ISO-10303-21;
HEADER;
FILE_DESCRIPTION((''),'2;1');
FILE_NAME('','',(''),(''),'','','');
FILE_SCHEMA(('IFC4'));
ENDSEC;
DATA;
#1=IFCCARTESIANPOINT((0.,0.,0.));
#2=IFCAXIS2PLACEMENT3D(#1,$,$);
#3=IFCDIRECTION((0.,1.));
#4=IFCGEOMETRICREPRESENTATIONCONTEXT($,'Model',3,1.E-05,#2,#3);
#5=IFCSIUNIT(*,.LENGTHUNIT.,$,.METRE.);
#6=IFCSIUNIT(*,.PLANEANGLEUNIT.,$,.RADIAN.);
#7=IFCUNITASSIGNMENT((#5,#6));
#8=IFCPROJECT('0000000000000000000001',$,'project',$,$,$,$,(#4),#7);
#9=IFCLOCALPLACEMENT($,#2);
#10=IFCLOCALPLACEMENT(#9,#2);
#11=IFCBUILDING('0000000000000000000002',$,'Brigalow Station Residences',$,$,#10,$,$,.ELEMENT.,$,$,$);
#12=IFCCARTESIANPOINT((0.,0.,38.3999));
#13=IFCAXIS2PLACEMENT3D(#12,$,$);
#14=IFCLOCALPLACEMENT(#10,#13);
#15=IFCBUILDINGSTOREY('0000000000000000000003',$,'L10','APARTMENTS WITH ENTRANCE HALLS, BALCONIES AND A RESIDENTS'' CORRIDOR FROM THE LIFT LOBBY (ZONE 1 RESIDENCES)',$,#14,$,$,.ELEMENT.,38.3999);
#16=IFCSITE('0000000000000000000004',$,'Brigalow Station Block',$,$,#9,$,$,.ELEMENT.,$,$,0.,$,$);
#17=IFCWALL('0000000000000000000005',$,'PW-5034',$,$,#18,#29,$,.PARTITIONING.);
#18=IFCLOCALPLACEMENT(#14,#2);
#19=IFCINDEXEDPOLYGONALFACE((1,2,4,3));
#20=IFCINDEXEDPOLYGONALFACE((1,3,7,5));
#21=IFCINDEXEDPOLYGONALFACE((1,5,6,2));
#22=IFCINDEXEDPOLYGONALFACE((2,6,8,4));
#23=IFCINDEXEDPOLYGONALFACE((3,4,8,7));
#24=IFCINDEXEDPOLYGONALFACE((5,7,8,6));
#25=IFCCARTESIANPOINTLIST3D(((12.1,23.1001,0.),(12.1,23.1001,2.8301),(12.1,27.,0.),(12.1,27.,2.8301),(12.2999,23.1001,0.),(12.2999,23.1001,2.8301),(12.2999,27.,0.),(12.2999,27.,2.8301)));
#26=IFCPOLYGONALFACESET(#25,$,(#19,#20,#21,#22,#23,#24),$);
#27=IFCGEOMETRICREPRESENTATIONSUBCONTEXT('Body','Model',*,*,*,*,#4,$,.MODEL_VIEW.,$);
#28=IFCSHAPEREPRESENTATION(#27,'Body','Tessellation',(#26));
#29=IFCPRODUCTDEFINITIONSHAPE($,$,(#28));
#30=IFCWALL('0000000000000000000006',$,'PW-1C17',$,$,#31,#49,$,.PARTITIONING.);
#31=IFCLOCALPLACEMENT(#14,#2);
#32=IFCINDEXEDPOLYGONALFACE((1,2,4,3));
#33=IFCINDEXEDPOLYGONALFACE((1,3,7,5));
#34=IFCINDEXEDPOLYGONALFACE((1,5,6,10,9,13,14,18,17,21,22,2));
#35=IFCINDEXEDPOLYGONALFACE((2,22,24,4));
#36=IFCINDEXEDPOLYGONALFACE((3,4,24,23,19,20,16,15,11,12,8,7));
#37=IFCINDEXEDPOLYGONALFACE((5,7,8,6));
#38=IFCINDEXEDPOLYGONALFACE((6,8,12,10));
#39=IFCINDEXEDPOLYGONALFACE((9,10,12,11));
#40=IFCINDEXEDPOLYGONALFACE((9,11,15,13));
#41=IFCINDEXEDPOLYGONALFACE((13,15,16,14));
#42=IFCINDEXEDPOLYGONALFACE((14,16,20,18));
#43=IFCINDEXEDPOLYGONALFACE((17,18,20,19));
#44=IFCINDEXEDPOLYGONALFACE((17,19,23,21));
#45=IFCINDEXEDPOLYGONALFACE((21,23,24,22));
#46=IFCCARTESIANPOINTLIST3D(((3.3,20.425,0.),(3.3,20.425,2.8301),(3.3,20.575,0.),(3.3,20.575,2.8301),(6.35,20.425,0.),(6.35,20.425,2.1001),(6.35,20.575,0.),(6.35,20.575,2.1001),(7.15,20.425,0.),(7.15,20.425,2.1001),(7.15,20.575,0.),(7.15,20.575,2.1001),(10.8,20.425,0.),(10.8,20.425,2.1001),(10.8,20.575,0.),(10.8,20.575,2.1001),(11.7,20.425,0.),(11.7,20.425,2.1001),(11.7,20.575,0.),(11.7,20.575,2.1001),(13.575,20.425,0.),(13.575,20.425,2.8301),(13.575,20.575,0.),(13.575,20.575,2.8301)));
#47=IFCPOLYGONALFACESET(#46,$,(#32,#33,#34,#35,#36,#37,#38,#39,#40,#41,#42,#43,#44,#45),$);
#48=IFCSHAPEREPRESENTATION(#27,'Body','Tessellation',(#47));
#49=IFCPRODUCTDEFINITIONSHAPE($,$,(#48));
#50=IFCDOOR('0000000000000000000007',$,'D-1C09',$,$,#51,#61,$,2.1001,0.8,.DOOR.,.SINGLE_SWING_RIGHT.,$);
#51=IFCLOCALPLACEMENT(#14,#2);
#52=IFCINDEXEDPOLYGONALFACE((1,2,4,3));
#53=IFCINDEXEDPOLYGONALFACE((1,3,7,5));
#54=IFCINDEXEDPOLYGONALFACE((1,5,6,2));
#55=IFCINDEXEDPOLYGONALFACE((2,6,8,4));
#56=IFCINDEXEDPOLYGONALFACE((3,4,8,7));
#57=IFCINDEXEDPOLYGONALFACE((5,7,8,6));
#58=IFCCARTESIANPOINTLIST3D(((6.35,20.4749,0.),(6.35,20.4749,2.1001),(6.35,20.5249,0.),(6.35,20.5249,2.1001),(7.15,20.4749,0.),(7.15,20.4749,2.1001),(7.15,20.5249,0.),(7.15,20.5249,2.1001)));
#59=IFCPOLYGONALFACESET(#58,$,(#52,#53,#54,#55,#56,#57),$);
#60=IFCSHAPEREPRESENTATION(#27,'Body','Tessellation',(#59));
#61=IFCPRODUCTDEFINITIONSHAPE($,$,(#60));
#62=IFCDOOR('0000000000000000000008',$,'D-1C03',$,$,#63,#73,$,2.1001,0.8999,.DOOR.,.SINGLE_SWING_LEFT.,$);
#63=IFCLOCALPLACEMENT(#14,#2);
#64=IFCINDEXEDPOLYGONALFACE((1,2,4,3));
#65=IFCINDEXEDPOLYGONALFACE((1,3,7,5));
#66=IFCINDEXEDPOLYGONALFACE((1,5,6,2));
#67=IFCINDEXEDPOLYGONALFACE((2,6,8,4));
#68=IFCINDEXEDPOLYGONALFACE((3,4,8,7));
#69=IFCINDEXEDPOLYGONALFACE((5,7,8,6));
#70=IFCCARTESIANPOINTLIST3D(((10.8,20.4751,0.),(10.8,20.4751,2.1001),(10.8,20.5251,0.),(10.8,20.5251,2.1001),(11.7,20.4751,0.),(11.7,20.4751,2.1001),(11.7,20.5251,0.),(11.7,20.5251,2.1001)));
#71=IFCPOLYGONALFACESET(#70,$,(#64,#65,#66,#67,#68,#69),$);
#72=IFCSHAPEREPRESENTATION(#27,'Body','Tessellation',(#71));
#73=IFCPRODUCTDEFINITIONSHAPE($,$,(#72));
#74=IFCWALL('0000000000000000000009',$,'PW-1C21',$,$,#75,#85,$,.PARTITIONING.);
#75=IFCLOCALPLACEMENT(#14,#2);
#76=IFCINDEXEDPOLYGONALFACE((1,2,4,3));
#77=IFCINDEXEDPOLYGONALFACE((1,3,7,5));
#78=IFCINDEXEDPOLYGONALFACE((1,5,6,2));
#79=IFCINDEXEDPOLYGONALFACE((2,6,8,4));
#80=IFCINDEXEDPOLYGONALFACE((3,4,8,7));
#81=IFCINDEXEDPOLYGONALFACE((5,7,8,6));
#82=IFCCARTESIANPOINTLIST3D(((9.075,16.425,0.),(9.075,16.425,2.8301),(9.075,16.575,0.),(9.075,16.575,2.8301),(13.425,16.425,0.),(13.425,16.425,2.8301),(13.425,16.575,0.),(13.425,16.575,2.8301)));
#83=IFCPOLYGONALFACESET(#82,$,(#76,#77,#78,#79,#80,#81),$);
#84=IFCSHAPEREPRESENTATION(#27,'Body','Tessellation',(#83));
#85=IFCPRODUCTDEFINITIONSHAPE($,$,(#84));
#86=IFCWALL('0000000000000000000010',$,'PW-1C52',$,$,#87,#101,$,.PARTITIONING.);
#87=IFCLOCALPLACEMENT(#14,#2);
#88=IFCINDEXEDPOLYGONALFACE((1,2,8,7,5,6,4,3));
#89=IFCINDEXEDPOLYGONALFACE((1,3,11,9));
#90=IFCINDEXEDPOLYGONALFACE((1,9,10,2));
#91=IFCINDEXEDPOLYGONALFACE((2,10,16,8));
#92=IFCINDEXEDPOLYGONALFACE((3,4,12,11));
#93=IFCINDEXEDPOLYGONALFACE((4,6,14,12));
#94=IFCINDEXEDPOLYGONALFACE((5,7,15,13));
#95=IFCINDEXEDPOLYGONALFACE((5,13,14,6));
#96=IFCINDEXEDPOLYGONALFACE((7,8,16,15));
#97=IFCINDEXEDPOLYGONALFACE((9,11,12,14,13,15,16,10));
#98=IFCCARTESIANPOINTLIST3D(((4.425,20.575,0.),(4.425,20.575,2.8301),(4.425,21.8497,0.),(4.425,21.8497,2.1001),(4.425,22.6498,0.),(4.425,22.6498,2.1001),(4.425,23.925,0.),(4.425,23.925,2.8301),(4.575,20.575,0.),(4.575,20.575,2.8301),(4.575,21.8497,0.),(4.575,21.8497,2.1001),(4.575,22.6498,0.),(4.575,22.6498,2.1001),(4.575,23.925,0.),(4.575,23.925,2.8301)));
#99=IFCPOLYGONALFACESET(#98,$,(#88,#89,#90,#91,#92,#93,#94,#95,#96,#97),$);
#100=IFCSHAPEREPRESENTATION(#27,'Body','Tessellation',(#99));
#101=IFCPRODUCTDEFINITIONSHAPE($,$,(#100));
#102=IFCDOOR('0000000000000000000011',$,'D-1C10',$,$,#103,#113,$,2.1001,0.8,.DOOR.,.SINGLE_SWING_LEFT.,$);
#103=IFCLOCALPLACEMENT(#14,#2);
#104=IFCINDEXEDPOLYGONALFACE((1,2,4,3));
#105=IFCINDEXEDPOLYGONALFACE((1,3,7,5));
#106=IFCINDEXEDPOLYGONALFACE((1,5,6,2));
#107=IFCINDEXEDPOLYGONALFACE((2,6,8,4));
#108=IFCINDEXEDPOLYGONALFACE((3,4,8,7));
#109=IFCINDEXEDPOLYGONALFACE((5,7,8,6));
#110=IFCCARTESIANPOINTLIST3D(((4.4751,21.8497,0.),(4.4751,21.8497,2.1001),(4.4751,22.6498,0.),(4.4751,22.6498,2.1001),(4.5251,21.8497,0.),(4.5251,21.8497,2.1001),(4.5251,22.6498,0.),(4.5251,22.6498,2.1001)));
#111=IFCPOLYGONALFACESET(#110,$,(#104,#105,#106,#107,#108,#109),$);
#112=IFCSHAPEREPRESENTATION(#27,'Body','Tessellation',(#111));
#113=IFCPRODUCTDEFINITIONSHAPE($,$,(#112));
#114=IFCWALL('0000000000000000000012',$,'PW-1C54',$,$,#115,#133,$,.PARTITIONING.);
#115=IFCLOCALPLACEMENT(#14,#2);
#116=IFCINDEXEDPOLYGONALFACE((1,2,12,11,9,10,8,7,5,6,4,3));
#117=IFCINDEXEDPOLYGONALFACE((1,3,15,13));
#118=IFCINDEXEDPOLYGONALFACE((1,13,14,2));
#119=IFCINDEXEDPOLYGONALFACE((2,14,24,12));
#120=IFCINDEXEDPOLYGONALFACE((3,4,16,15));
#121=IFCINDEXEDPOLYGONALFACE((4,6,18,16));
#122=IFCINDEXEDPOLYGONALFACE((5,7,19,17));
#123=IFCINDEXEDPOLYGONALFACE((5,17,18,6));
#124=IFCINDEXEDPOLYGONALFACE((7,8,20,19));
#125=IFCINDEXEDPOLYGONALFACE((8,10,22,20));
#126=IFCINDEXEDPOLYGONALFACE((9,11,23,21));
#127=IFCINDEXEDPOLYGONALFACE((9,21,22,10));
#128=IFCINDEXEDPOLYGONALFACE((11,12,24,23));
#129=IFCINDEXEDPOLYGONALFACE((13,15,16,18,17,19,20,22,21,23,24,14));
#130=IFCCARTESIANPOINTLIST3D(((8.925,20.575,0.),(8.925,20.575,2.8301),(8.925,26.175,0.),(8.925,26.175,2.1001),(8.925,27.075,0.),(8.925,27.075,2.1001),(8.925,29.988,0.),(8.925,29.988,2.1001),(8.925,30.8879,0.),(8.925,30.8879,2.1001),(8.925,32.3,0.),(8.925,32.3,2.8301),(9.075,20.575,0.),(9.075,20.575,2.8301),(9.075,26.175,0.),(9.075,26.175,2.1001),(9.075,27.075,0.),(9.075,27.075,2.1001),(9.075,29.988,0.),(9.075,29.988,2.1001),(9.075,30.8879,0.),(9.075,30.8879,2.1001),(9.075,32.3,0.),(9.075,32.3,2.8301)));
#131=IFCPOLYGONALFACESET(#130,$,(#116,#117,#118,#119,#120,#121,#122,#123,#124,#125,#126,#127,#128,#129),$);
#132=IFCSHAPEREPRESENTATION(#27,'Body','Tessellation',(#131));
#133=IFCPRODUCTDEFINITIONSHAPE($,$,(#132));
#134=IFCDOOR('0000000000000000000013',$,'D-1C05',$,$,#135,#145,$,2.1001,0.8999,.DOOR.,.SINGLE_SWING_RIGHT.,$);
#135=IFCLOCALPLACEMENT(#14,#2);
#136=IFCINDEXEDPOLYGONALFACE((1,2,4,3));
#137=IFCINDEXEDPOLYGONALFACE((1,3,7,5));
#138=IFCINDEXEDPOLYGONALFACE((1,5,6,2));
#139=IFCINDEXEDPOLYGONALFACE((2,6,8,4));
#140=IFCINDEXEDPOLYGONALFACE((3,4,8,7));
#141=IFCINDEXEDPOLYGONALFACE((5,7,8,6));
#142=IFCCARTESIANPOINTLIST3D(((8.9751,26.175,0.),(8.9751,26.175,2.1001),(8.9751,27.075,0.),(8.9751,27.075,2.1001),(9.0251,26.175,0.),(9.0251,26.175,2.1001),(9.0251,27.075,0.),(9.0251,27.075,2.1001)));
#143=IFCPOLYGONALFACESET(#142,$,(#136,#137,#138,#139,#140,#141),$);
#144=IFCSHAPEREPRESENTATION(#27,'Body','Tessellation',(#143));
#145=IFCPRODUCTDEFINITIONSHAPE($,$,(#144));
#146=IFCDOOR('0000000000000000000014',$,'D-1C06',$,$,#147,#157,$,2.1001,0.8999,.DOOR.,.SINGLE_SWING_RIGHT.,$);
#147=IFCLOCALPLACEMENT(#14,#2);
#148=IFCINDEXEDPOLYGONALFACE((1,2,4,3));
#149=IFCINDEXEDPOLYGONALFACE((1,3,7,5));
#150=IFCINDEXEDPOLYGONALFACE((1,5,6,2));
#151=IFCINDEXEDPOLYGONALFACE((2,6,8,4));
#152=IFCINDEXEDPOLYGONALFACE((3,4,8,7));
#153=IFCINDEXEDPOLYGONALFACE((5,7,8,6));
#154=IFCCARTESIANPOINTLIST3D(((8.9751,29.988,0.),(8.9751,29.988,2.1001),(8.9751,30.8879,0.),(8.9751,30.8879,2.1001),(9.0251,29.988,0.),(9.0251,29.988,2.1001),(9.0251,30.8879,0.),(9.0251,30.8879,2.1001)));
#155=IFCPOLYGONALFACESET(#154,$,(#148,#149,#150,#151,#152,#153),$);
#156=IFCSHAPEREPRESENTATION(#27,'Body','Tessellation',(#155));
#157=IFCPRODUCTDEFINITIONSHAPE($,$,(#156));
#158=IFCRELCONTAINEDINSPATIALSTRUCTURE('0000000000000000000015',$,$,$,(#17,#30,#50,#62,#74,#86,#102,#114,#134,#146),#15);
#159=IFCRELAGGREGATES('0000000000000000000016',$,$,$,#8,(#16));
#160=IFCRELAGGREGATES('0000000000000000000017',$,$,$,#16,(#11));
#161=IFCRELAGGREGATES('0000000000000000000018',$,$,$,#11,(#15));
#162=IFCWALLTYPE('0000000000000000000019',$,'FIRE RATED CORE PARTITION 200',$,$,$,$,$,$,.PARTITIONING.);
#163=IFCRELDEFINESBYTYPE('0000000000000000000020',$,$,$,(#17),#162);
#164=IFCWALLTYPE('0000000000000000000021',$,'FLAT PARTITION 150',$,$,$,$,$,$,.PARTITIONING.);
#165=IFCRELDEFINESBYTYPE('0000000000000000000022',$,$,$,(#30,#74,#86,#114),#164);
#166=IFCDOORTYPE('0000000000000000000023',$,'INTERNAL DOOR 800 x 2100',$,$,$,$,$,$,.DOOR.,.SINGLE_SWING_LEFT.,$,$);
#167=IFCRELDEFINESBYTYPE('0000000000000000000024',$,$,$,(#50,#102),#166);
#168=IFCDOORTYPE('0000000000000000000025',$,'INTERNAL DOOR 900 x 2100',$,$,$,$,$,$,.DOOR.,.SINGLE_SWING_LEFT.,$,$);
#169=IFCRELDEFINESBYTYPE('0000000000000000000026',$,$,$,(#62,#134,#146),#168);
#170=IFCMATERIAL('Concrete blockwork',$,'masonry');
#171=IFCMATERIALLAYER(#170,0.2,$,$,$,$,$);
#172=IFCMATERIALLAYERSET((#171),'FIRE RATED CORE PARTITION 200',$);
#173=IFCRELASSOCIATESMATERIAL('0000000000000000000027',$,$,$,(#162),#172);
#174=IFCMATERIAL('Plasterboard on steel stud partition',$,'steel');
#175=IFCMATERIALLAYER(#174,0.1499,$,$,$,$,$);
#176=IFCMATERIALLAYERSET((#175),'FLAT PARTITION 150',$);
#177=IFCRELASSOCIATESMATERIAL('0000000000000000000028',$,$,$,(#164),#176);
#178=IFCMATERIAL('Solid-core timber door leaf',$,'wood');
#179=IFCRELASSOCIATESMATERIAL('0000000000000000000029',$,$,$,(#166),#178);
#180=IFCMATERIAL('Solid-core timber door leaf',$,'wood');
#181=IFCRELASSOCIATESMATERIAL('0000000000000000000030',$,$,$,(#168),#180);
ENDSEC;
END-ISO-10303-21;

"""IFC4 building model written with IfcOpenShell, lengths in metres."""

from ifc_helpers import new_model, si_unit, direction, frame, frame_2d, origin, place, context, subcontext, project, spatial, rectangle, extrude, material, layer, layer_set, type_object, element, fill, save


model = new_model("IFC4")

# Units and contexts
model_context = context("Model", 3, precision=1e-05, world=origin(), true_north=direction((0.0, 1.0)))
body_context = subcontext(model_context, "Body", "Model", "MODEL_VIEW")
ifc_project = project(units=[si_unit("LENGTHUNIT", "METRE"), si_unit("PLANEANGLEUNIT", "RADIAN")], contexts=[model_context])

# Site, building, storey
site_placement = place(None, origin())
site = spatial("IfcSite", under=ifc_project, at=site_placement, Name="Brigalow Station Block", CompositionType="ELEMENT", RefElevation=0.0)
building_placement = place(site_placement, origin())
building = spatial("IfcBuilding", under=site, at=building_placement, Name="Brigalow Station Residences", CompositionType="ELEMENT")
storey_placement = place(building_placement, frame((0.0, 0.0, 38.3999)))
storey = spatial("IfcBuildingStorey", under=building, at=storey_placement, Name="L10", Description="APARTMENTS WITH ENTRANCE HALLS, BALCONIES AND A RESIDENTS' CORRIDOR FROM THE LIFT LOBBY (ZONE 1 RESIDENCES)", CompositionType="ELEMENT", Elevation=38.3999)

# Wall
ifc_material_1 = material(Name="Concrete blockwork", Category="masonry")
ifc_layer_1 = layer(ifc_material_1, 0.2)
ifc_layer_set_1 = layer_set([ifc_layer_1], Name="FIRE RATED CORE PARTITION 200")
wall_type_1 = type_object("IfcWallType", Name="FIRE RATED CORE PARTITION 200", PredefinedType="PARTITIONING", material=ifc_layer_set_1)
wall_1_placement = place(storey_placement, frame((12.2, 23.1001, 0.0), z_axis=(0.0, 0.0, 1.0), x_axis=(0.0, 1.0, 0.0)))
element("IfcWall", 1, at=wall_1_placement, inside=storey, type_object=wall_type_1, Name="PW-5034", PredefinedType="PARTITIONING", context=body_context, shape_type="SweptSolid", body=[
    extrude(rectangle(XDim=3.8999, YDim=0.2, at=frame_2d((1.95, 0.0))), origin(), (0.0, 0.0, 1.0), 2.8301),
])

# Wall, openings, doors
ifc_material_2 = material(Name="Plasterboard on steel stud partition", Category="steel")
ifc_layer_2 = layer(ifc_material_2, 0.1499)
ifc_layer_set_2 = layer_set([ifc_layer_2], Name="FLAT PARTITION 150")
wall_type_2 = type_object("IfcWallType", Name="FLAT PARTITION 150", PredefinedType="PARTITIONING", material=ifc_layer_set_2)
wall_2_placement = place(storey_placement, frame((3.3, 20.5, 0.0), z_axis=(0.0, 0.0, 1.0), x_axis=(1.0, 0.0, 0.0)))
wall_2 = element("IfcWall", 2, at=wall_2_placement, inside=storey, type_object=wall_type_2, Name="PW-1C17", PredefinedType="PARTITIONING", context=body_context, shape_type="SweptSolid", body=[
    extrude(rectangle(XDim=10.2749, YDim=0.1499, at=frame_2d((5.1375, 0.0))), origin(), (0.0, 0.0, 1.0), 2.8301),
])
opening_1_placement = place(wall_2_placement, frame((7.5, 0.0, 0.0)))
opening_1 = element("IfcOpeningElement", 3, at=opening_1_placement, cuts=wall_2, PredefinedType="OPENING", context=body_context, shape_type="SweptSolid", body=[
    extrude(rectangle(XDim=0.8999, YDim=2.1001, at=frame_2d((0.45, 1.05))), frame((0.0, 0.085, 0.0), z_axis=(0.0, -1.0, 0.0), x_axis=(1.0, 0.0, 0.0)), (0.0, 0.0, 1.0), 0.1699),
])
opening_2_placement = place(wall_2_placement, frame((3.05, 0.0, 0.0)))
opening_2 = element("IfcOpeningElement", 4, at=opening_2_placement, cuts=wall_2, PredefinedType="OPENING", context=body_context, shape_type="SweptSolid", body=[
    extrude(rectangle(XDim=0.8, YDim=2.1001, at=frame_2d((0.3999, 1.05))), frame((0.0, 0.085, 0.0), z_axis=(0.0, -1.0, 0.0), x_axis=(1.0, 0.0, 0.0)), (0.0, 0.0, 1.0), 0.1699),
])
ifc_material_3 = material(Name="Solid-core timber door leaf", Category="wood")
door_type_1 = type_object("IfcDoorType", Name="INTERNAL DOOR 800 x 2100", OperationType="SINGLE_SWING_LEFT", PredefinedType="DOOR", material=ifc_material_3)
door_1_placement = place(opening_2_placement, origin())
door_1 = element("IfcDoor", 5, at=door_1_placement, inside=storey, type_object=door_type_1, Name="D-1C09", OperationType="SINGLE_SWING_RIGHT", OverallHeight=2.1001, OverallWidth=0.8, PredefinedType="DOOR", context=body_context, shape_type="SweptSolid", body=[
    extrude(rectangle(XDim=0.8, YDim=2.1001, at=frame_2d((0.3999, 1.05))), frame((0.0, 0.0249, 0.0), z_axis=(0.0, -1.0, 0.0), x_axis=(1.0, 0.0, 0.0)), (0.0, 0.0, 1.0), 0.05),
])
fill(opening_2, door_1)
ifc_material_4 = material(Name="Solid-core timber door leaf", Category="wood")
door_type_2 = type_object("IfcDoorType", Name="INTERNAL DOOR 900 x 2100", OperationType="SINGLE_SWING_LEFT", PredefinedType="DOOR", material=ifc_material_4)
door_2_placement = place(opening_1_placement, frame((0.8999, 0.0, 0.0), z_axis=(0.0, 0.0, 1.0), x_axis=(-1.0, 0.0, 0.0)))
door_2 = element("IfcDoor", 6, at=door_2_placement, inside=storey, type_object=door_type_2, Name="D-1C03", OperationType="SINGLE_SWING_LEFT", OverallHeight=2.1001, OverallWidth=0.8999, PredefinedType="DOOR", context=body_context, shape_type="SweptSolid", body=[
    extrude(rectangle(XDim=0.8999, YDim=2.1001, at=frame_2d((0.45, 1.05))), frame((0.0, 0.0249, 0.0), z_axis=(0.0, -1.0, 0.0), x_axis=(1.0, 0.0, 0.0)), (0.0, 0.0, 1.0), 0.05),
])
fill(opening_1, door_2)

# Wall
wall_3_placement = place(storey_placement, frame((9.075, 16.5, 0.0), z_axis=(0.0, 0.0, 1.0), x_axis=(1.0, 0.0, 0.0)))
element("IfcWall", 7, at=wall_3_placement, inside=storey, type_object=wall_type_2, Name="PW-1C21", PredefinedType="PARTITIONING", context=body_context, shape_type="SweptSolid", body=[
    extrude(rectangle(XDim=4.3501, YDim=0.1499, at=frame_2d((2.175, 0.0))), origin(), (0.0, 0.0, 1.0), 2.8301),
])

# Wall, opening, door
wall_4_placement = place(storey_placement, frame((4.5, 20.575, 0.0), z_axis=(0.0, 0.0, 1.0), x_axis=(0.0, 1.0, 0.0)))
wall_4 = element("IfcWall", 8, at=wall_4_placement, inside=storey, type_object=wall_type_2, Name="PW-1C52", PredefinedType="PARTITIONING", context=body_context, shape_type="SweptSolid", body=[
    extrude(rectangle(XDim=3.3501, YDim=0.1499, at=frame_2d((1.675, 0.0))), origin(), (0.0, 0.0, 1.0), 2.8301),
])
opening_3_placement = place(wall_4_placement, frame((1.2749, 0.0, 0.0)))
opening_3 = element("IfcOpeningElement", 9, at=opening_3_placement, cuts=wall_4, PredefinedType="OPENING", context=body_context, shape_type="SweptSolid", body=[
    extrude(rectangle(XDim=0.8, YDim=2.1001, at=frame_2d((0.3999, 1.05))), frame((0.0, 0.085, 0.0), z_axis=(0.0, -1.0, 0.0), x_axis=(1.0, 0.0, 0.0)), (0.0, 0.0, 1.0), 0.1699),
])
door_3_placement = place(opening_3_placement, origin())
door_3 = element("IfcDoor", 10, at=door_3_placement, inside=storey, type_object=door_type_1, Name="D-1C10", OperationType="SINGLE_SWING_LEFT", OverallHeight=2.1001, OverallWidth=0.8, PredefinedType="DOOR", context=body_context, shape_type="SweptSolid", body=[
    extrude(rectangle(XDim=0.8, YDim=2.1001, at=frame_2d((0.3999, 1.05))), frame((0.0, 0.0249, 0.0), z_axis=(0.0, -1.0, 0.0), x_axis=(1.0, 0.0, 0.0)), (0.0, 0.0, 1.0), 0.05),
])
fill(opening_3, door_3)

# Wall, openings, doors
wall_5_placement = place(storey_placement, frame((9.0, 20.575, 0.0), z_axis=(0.0, 0.0, 1.0), x_axis=(0.0, 1.0, 0.0)))
wall_5 = element("IfcWall", 11, at=wall_5_placement, inside=storey, type_object=wall_type_2, Name="PW-1C54", PredefinedType="PARTITIONING", context=body_context, shape_type="SweptSolid", body=[
    extrude(rectangle(XDim=11.7251, YDim=0.1499, at=frame_2d((5.8625, 0.0))), origin(), (0.0, 0.0, 1.0), 2.8301),
])
opening_4_placement = place(wall_5_placement, frame((5.6001, 0.0, 0.0)))
opening_4 = element("IfcOpeningElement", 12, at=opening_4_placement, cuts=wall_5, PredefinedType="OPENING", context=body_context, shape_type="SweptSolid", body=[
    extrude(rectangle(XDim=0.8999, YDim=2.1001, at=frame_2d((0.45, 1.05))), frame((0.0, 0.085, 0.0), z_axis=(0.0, -1.0, 0.0), x_axis=(1.0, 0.0, 0.0)), (0.0, 0.0, 1.0), 0.1699),
])
opening_5_placement = place(wall_5_placement, frame((9.4131, 0.0, 0.0)))
opening_5 = element("IfcOpeningElement", 13, at=opening_5_placement, cuts=wall_5, PredefinedType="OPENING", context=body_context, shape_type="SweptSolid", body=[
    extrude(rectangle(XDim=0.8999, YDim=2.1001, at=frame_2d((0.45, 1.05))), frame((0.0, 0.085, 0.0), z_axis=(0.0, -1.0, 0.0), x_axis=(1.0, 0.0, 0.0)), (0.0, 0.0, 1.0), 0.1699),
])
door_4_placement = place(opening_4_placement, origin())
door_4 = element("IfcDoor", 14, at=door_4_placement, inside=storey, type_object=door_type_2, Name="D-1C05", OperationType="SINGLE_SWING_RIGHT", OverallHeight=2.1001, OverallWidth=0.8999, PredefinedType="DOOR", context=body_context, shape_type="SweptSolid", body=[
    extrude(rectangle(XDim=0.8999, YDim=2.1001, at=frame_2d((0.45, 1.05))), frame((0.0, 0.0249, 0.0), z_axis=(0.0, -1.0, 0.0), x_axis=(1.0, 0.0, 0.0)), (0.0, 0.0, 1.0), 0.05),
])
fill(opening_4, door_4)
door_5_placement = place(opening_5_placement, origin())
door_5 = element("IfcDoor", 15, at=door_5_placement, inside=storey, type_object=door_type_2, Name="D-1C06", OperationType="SINGLE_SWING_RIGHT", OverallHeight=2.1001, OverallWidth=0.8999, PredefinedType="DOOR", context=body_context, shape_type="SweptSolid", body=[
    extrude(rectangle(XDim=0.8999, YDim=2.1001, at=frame_2d((0.45, 1.05))), frame((0.0, 0.0249, 0.0), z_axis=(0.0, -1.0, 0.0), x_axis=(1.0, 0.0, 0.0)), (0.0, 0.0, 1.0), 0.05),
])
fill(opening_5, door_5)

save(model, "model.ifc")
